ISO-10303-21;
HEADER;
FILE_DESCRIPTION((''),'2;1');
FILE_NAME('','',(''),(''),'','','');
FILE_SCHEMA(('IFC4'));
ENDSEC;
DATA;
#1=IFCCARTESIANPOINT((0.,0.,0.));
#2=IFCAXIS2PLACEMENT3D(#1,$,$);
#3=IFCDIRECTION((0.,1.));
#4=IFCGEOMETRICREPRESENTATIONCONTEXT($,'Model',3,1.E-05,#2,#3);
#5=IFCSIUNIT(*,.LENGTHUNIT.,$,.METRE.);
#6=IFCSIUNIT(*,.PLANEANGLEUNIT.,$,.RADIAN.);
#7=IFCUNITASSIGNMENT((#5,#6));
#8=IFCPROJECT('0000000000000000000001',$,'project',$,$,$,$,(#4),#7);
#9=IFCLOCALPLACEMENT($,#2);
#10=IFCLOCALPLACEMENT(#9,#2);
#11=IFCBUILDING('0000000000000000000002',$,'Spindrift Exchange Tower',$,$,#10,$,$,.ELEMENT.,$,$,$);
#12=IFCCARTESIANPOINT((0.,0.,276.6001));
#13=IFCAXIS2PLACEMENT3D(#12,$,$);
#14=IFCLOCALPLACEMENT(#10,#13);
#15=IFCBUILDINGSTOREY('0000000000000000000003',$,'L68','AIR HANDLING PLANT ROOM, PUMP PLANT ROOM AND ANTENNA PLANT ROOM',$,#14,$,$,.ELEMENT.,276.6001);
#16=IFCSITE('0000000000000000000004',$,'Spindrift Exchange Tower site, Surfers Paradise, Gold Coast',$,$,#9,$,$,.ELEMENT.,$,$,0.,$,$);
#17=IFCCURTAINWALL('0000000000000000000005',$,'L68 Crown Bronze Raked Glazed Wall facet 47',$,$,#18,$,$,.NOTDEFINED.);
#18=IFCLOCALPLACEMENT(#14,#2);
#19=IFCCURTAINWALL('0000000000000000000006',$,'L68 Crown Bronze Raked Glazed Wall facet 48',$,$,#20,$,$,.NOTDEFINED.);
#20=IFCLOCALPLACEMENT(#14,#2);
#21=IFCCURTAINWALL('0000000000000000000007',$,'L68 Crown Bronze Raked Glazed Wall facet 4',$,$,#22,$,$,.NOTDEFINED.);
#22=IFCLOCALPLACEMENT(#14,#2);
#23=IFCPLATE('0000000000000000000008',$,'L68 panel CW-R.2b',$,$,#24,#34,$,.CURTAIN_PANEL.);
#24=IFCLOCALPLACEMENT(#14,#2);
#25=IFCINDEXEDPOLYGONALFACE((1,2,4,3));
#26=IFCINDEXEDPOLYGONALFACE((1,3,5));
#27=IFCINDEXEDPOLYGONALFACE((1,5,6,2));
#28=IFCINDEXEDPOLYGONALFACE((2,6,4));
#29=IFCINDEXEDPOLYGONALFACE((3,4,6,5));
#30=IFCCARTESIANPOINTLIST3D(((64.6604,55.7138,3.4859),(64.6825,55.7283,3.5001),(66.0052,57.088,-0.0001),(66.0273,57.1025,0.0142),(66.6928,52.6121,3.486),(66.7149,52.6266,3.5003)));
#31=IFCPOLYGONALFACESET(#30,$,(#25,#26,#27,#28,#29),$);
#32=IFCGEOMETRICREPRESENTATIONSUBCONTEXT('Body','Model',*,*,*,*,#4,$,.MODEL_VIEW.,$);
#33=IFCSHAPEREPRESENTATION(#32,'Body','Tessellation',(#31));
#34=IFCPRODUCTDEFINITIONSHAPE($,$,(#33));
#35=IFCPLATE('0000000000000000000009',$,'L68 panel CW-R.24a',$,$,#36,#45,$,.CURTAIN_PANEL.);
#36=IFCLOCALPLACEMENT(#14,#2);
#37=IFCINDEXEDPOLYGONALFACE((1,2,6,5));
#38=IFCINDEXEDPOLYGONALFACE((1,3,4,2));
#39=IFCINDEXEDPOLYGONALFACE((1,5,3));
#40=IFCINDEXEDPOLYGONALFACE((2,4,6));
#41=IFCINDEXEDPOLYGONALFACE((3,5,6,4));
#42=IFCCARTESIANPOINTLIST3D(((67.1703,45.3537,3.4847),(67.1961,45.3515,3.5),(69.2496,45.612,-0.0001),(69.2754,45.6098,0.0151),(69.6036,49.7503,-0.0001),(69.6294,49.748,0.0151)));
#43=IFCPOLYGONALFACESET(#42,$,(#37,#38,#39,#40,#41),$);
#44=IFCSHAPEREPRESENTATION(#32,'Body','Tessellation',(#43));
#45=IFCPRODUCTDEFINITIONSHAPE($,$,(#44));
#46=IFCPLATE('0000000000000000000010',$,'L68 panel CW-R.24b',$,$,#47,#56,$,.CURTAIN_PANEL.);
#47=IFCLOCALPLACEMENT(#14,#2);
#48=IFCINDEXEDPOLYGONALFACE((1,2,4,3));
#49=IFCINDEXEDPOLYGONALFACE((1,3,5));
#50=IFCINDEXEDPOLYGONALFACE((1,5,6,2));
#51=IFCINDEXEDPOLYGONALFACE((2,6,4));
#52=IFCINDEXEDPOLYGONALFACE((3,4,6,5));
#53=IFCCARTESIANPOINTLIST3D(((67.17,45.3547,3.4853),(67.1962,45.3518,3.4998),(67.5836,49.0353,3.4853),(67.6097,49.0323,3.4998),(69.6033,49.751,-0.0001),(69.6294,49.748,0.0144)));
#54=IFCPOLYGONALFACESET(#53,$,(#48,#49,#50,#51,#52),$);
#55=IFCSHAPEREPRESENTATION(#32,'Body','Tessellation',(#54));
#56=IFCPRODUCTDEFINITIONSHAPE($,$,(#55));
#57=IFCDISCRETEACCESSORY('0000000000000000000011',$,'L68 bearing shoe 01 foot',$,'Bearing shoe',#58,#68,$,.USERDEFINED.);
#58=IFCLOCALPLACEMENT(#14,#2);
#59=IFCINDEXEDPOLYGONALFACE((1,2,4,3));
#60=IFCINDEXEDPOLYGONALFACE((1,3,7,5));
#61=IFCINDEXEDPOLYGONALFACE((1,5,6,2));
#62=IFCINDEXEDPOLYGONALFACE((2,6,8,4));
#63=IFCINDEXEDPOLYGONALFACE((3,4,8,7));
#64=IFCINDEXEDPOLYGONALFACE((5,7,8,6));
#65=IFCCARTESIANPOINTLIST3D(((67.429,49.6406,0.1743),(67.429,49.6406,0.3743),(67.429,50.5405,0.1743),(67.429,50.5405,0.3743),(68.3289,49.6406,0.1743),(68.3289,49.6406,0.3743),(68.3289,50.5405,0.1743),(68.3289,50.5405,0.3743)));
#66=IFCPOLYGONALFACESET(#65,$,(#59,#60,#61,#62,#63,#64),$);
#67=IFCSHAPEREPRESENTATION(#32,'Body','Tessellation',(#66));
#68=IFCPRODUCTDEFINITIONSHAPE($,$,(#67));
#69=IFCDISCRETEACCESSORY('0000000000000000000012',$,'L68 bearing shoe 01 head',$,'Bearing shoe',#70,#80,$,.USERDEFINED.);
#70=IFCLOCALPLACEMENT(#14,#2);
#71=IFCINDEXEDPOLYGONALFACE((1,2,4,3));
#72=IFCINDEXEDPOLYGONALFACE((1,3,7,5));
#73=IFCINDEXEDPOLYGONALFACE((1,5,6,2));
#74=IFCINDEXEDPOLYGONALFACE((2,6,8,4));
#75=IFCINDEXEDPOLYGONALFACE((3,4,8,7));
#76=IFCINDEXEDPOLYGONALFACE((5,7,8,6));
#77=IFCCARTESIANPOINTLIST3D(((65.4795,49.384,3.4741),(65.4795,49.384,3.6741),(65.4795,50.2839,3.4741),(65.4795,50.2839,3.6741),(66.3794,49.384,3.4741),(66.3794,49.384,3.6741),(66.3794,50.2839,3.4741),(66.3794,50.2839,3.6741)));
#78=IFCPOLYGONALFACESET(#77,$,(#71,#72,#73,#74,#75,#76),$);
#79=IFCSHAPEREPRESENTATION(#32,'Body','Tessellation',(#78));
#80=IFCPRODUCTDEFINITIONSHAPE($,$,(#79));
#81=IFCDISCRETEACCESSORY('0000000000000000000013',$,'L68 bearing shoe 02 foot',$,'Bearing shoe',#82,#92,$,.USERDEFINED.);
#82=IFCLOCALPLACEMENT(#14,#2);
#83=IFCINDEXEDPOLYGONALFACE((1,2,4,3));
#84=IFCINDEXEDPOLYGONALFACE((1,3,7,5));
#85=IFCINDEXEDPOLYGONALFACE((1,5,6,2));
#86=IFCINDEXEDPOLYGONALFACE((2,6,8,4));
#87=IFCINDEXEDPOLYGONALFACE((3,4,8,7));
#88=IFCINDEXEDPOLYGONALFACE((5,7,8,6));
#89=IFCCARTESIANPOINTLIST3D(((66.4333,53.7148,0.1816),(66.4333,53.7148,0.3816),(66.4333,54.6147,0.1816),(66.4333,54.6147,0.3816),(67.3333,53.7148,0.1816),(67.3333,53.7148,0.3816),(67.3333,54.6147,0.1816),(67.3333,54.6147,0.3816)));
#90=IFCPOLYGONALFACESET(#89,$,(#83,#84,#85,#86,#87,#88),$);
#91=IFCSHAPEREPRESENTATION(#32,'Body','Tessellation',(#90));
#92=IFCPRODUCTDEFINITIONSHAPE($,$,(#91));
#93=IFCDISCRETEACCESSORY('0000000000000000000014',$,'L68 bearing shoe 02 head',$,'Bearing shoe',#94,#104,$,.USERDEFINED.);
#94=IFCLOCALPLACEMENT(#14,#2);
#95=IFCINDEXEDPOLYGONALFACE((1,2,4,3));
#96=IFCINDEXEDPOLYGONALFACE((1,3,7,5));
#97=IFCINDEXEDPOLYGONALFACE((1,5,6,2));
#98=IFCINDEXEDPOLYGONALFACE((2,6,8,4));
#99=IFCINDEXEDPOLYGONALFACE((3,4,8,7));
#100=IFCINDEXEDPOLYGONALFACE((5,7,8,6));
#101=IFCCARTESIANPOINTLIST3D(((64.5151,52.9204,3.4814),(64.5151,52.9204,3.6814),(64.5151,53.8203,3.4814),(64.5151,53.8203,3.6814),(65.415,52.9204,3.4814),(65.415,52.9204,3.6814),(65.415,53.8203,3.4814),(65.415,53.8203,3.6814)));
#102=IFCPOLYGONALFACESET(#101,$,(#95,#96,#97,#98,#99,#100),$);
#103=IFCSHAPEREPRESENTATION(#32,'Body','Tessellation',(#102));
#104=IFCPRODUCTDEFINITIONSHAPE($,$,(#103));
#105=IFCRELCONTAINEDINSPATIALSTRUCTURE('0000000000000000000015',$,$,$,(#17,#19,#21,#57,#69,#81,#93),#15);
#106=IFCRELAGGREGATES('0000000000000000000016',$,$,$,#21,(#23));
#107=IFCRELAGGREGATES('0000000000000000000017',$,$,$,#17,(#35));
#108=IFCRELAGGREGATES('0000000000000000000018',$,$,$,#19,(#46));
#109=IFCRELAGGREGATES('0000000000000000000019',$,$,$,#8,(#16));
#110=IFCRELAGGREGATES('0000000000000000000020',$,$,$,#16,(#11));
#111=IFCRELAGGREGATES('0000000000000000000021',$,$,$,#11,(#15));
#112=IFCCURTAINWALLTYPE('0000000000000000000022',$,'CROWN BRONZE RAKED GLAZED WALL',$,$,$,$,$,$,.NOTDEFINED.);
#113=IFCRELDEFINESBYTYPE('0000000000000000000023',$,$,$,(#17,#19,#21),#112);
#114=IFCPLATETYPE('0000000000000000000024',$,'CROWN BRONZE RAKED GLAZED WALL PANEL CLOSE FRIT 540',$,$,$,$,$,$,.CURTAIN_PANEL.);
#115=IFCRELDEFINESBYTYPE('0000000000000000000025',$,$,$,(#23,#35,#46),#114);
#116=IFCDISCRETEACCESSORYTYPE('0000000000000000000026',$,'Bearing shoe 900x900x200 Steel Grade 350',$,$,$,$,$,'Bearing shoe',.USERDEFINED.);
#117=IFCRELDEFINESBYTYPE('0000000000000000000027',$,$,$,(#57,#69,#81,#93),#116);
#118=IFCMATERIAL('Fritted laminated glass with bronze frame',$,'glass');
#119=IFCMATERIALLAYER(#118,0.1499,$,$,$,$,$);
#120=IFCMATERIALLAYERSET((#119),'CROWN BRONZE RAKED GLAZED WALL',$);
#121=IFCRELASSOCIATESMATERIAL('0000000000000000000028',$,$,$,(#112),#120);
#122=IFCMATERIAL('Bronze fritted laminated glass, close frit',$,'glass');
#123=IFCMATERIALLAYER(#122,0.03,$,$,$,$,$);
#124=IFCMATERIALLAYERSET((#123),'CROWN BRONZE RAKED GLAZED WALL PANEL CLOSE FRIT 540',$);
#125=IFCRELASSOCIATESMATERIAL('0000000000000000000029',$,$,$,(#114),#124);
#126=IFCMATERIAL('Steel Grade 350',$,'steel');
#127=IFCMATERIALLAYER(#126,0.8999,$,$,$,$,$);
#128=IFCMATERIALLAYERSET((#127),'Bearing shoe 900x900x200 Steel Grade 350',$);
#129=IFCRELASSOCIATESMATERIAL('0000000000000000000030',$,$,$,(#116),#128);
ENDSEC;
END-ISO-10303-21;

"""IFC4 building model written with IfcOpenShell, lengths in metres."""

from ifc_helpers import new_model, si_unit, direction, frame, origin, origin_2d, place, context, subcontext, project, spatial, line, indexed_curve, rectangle, outline, extrude, source, transform, mapped, material, layer, layer_set, type_object, element, aggregate, save


model = new_model("IFC4")

# Units and contexts
model_context = context("Model", 3, precision=1e-05, world=origin(), true_north=direction((0.0, 1.0)))
body_context = subcontext(model_context, "Body", "Model", "MODEL_VIEW")
ifc_project = project(units=[si_unit("LENGTHUNIT", "METRE"), si_unit("PLANEANGLEUNIT", "RADIAN")], contexts=[model_context])

# Site, building, storey
site_placement = place(None, origin())
site = spatial("IfcSite", under=ifc_project, at=site_placement, Name="Spindrift Exchange Tower site, Surfers Paradise, Gold Coast", CompositionType="ELEMENT", RefElevation=0.0)
building_placement = place(site_placement, origin())
building = spatial("IfcBuilding", under=site, at=building_placement, Name="Spindrift Exchange Tower", CompositionType="ELEMENT")
storey_placement = place(building_placement, frame((0.0, 0.0, 276.6001)))
storey = spatial("IfcBuildingStorey", under=building, at=storey_placement, Name="L68", Description="AIR HANDLING PLANT ROOM, PUMP PLANT ROOM AND ANTENNA PLANT ROOM", CompositionType="ELEMENT", Elevation=276.6001)

# Curtain walls
ifc_material_1 = material(Name="Fritted laminated glass with bronze frame", Category="glass")
ifc_layer_1 = layer(ifc_material_1, 0.1499)
ifc_layer_set_1 = layer_set([ifc_layer_1], Name="CROWN BRONZE RAKED GLAZED WALL")
curtain_wall_type = type_object("IfcCurtainWallType", Name="CROWN BRONZE RAKED GLAZED WALL", PredefinedType="NOTDEFINED", material=ifc_layer_set_1)
curtain_wall_1_placement = place(storey_placement, origin())
curtain_wall_1 = element("IfcCurtainWall", 1, at=curtain_wall_1_placement, inside=storey, type_object=curtain_wall_type, Name="L68 Crown Bronze Raked Glazed Wall facet 47", PredefinedType="NOTDEFINED")
curtain_wall_2_placement = place(storey_placement, origin())
curtain_wall_2 = element("IfcCurtainWall", 2, at=curtain_wall_2_placement, inside=storey, type_object=curtain_wall_type, Name="L68 Crown Bronze Raked Glazed Wall facet 48", PredefinedType="NOTDEFINED")

# Curtain wall
curtain_wall_3_placement = place(storey_placement, origin())
curtain_wall_3 = element("IfcCurtainWall", 3, at=curtain_wall_3_placement, inside=storey, type_object=curtain_wall_type, Name="L68 Crown Bronze Raked Glazed Wall facet 4", PredefinedType="NOTDEFINED")

# Plates
ifc_material_2 = material(Name="Bronze fritted laminated glass, close frit", Category="glass")
ifc_layer_2 = layer(ifc_material_2, 0.03)
ifc_layer_set_2 = layer_set([ifc_layer_2], Name="CROWN BRONZE RAKED GLAZED WALL PANEL CLOSE FRIT 540")
plate_type_1 = type_object("IfcPlateType", Name="CROWN BRONZE RAKED GLAZED WALL PANEL CLOSE FRIT 540", PredefinedType="CURTAIN_PANEL", material=ifc_layer_set_2)
plate_1_placement = place(storey_placement, frame((66.0273, 57.1025, 0.0142), z_axis=(0.736357, 0.482519, 0.474293), x_axis=(0.12031, -0.783209, 0.610008)))
plate_1 = element("IfcPlate", 4, at=plate_1_placement, type_object=plate_type_1, Name="L68 panel CW-R.2b", PredefinedType="CURTAIN_PANEL", context=body_context, shape_type="SweptSolid", body=[
    extrude(outline(indexed_curve([(0.0, 0.0), (5.7148, 0.0), (3.041, -2.5693)], segments=[line(1, 2, 3, 1)], self_intersect=False)), origin(), (0.0, 0.0, -1.0), 0.03),
])
aggregate(curtain_wall_3, [plate_1])
plate_2_placement = place(storey_placement, frame((69.6294, 49.748, 0.0151), z_axis=(0.85881, -0.073459, 0.507), x_axis=(-0.085224, -0.996362, 0.0)))
plate_2 = element("IfcPlate", 5, at=plate_2_placement, type_object=plate_type_1, Name="L68 panel CW-R.24a", PredefinedType="CURTAIN_PANEL", context=body_context, shape_type="SweptSolid", body=[
    extrude(outline(indexed_curve([(0.0, 0.0), (4.1533, 0.0), (4.5879, -4.043)], segments=[line(1, 2, 3, 1)], self_intersect=False)), origin(), (0.0, 0.0, -1.0), 0.03),
])
aggregate(curtain_wall_1, [plate_2])
plate_3_placement = place(storey_placement, frame((69.6294, 49.748, 0.0144), z_axis=(0.869663, -0.097712, 0.483878), x_axis=(-0.397897, -0.718906, 0.569959)))
plate_3 = element("IfcPlate", 6, at=plate_3_placement, type_object=plate_type_1, Name="L68 panel CW-R.24b", PredefinedType="CURTAIN_PANEL", context=body_context, shape_type="SweptSolid", body=[
    extrude(outline(indexed_curve([(0.0, 0.0), (6.1152, 0.0), (3.3047, -2.4121)], segments=[line(1, 2, 3, 1)], self_intersect=False)), origin(), (0.0, 0.0, -1.0), 0.03),
])
aggregate(curtain_wall_2, [plate_3])

# Discrete accessories
ifc_material_3 = material(Name="Steel Grade 350", Category="steel")
ifc_layer_3 = layer(ifc_material_3, 0.8999)
ifc_layer_set_3 = layer_set([ifc_layer_3], Name="Bearing shoe 900x900x200 Steel Grade 350")
discrete_accessory_type = type_object("IfcDiscreteAccessoryType", Name="Bearing shoe 900x900x200 Steel Grade 350", ElementType="Bearing shoe", PredefinedType="USERDEFINED", material=ifc_layer_set_3)
shared_shape_1 = source(origin(), body_context, "Body", "SweptSolid", [
    extrude(rectangle(XDim=0.8999, YDim=0.8999, at=origin_2d()), origin(), (0.0, 0.0, 1.0), 0.2),
])
for number, where, z_axis, x_axis, name in (
    (7, (67.8789, 50.0906, 0.1743), (0.0, 0.0, 1.0), (1.0, 0.0, 0.0), "L68 bearing shoe 01 foot"),
    (8, (65.9294, 49.834, 3.4741), (0.0, 0.0, 1.0), (1.0, 0.0, 0.0), "L68 bearing shoe 01 head"),
    (9, (66.8833, 54.1648, 0.1816), (0.0, 0.0, 1.0), (1.0, 0.0, 0.0), "L68 bearing shoe 02 foot"),
    (10, (64.9651, 53.3704, 3.4814), (0.0, 0.0, 1.0), (1.0, 0.0, 0.0), "L68 bearing shoe 02 head"),
):
    element("IfcDiscreteAccessory", number, at=place(storey_placement, frame(where, z_axis=z_axis, x_axis=x_axis)), inside=storey, type_object=discrete_accessory_type, Name=name, ObjectType="Bearing shoe", PredefinedType="USERDEFINED", context=body_context, shape_type="MappedRepresentation", body=[
        mapped(shared_shape_1, transform((0.0, 0.0, 0.0), scale=1.0)),
    ])

save(model, "model.ifc")
